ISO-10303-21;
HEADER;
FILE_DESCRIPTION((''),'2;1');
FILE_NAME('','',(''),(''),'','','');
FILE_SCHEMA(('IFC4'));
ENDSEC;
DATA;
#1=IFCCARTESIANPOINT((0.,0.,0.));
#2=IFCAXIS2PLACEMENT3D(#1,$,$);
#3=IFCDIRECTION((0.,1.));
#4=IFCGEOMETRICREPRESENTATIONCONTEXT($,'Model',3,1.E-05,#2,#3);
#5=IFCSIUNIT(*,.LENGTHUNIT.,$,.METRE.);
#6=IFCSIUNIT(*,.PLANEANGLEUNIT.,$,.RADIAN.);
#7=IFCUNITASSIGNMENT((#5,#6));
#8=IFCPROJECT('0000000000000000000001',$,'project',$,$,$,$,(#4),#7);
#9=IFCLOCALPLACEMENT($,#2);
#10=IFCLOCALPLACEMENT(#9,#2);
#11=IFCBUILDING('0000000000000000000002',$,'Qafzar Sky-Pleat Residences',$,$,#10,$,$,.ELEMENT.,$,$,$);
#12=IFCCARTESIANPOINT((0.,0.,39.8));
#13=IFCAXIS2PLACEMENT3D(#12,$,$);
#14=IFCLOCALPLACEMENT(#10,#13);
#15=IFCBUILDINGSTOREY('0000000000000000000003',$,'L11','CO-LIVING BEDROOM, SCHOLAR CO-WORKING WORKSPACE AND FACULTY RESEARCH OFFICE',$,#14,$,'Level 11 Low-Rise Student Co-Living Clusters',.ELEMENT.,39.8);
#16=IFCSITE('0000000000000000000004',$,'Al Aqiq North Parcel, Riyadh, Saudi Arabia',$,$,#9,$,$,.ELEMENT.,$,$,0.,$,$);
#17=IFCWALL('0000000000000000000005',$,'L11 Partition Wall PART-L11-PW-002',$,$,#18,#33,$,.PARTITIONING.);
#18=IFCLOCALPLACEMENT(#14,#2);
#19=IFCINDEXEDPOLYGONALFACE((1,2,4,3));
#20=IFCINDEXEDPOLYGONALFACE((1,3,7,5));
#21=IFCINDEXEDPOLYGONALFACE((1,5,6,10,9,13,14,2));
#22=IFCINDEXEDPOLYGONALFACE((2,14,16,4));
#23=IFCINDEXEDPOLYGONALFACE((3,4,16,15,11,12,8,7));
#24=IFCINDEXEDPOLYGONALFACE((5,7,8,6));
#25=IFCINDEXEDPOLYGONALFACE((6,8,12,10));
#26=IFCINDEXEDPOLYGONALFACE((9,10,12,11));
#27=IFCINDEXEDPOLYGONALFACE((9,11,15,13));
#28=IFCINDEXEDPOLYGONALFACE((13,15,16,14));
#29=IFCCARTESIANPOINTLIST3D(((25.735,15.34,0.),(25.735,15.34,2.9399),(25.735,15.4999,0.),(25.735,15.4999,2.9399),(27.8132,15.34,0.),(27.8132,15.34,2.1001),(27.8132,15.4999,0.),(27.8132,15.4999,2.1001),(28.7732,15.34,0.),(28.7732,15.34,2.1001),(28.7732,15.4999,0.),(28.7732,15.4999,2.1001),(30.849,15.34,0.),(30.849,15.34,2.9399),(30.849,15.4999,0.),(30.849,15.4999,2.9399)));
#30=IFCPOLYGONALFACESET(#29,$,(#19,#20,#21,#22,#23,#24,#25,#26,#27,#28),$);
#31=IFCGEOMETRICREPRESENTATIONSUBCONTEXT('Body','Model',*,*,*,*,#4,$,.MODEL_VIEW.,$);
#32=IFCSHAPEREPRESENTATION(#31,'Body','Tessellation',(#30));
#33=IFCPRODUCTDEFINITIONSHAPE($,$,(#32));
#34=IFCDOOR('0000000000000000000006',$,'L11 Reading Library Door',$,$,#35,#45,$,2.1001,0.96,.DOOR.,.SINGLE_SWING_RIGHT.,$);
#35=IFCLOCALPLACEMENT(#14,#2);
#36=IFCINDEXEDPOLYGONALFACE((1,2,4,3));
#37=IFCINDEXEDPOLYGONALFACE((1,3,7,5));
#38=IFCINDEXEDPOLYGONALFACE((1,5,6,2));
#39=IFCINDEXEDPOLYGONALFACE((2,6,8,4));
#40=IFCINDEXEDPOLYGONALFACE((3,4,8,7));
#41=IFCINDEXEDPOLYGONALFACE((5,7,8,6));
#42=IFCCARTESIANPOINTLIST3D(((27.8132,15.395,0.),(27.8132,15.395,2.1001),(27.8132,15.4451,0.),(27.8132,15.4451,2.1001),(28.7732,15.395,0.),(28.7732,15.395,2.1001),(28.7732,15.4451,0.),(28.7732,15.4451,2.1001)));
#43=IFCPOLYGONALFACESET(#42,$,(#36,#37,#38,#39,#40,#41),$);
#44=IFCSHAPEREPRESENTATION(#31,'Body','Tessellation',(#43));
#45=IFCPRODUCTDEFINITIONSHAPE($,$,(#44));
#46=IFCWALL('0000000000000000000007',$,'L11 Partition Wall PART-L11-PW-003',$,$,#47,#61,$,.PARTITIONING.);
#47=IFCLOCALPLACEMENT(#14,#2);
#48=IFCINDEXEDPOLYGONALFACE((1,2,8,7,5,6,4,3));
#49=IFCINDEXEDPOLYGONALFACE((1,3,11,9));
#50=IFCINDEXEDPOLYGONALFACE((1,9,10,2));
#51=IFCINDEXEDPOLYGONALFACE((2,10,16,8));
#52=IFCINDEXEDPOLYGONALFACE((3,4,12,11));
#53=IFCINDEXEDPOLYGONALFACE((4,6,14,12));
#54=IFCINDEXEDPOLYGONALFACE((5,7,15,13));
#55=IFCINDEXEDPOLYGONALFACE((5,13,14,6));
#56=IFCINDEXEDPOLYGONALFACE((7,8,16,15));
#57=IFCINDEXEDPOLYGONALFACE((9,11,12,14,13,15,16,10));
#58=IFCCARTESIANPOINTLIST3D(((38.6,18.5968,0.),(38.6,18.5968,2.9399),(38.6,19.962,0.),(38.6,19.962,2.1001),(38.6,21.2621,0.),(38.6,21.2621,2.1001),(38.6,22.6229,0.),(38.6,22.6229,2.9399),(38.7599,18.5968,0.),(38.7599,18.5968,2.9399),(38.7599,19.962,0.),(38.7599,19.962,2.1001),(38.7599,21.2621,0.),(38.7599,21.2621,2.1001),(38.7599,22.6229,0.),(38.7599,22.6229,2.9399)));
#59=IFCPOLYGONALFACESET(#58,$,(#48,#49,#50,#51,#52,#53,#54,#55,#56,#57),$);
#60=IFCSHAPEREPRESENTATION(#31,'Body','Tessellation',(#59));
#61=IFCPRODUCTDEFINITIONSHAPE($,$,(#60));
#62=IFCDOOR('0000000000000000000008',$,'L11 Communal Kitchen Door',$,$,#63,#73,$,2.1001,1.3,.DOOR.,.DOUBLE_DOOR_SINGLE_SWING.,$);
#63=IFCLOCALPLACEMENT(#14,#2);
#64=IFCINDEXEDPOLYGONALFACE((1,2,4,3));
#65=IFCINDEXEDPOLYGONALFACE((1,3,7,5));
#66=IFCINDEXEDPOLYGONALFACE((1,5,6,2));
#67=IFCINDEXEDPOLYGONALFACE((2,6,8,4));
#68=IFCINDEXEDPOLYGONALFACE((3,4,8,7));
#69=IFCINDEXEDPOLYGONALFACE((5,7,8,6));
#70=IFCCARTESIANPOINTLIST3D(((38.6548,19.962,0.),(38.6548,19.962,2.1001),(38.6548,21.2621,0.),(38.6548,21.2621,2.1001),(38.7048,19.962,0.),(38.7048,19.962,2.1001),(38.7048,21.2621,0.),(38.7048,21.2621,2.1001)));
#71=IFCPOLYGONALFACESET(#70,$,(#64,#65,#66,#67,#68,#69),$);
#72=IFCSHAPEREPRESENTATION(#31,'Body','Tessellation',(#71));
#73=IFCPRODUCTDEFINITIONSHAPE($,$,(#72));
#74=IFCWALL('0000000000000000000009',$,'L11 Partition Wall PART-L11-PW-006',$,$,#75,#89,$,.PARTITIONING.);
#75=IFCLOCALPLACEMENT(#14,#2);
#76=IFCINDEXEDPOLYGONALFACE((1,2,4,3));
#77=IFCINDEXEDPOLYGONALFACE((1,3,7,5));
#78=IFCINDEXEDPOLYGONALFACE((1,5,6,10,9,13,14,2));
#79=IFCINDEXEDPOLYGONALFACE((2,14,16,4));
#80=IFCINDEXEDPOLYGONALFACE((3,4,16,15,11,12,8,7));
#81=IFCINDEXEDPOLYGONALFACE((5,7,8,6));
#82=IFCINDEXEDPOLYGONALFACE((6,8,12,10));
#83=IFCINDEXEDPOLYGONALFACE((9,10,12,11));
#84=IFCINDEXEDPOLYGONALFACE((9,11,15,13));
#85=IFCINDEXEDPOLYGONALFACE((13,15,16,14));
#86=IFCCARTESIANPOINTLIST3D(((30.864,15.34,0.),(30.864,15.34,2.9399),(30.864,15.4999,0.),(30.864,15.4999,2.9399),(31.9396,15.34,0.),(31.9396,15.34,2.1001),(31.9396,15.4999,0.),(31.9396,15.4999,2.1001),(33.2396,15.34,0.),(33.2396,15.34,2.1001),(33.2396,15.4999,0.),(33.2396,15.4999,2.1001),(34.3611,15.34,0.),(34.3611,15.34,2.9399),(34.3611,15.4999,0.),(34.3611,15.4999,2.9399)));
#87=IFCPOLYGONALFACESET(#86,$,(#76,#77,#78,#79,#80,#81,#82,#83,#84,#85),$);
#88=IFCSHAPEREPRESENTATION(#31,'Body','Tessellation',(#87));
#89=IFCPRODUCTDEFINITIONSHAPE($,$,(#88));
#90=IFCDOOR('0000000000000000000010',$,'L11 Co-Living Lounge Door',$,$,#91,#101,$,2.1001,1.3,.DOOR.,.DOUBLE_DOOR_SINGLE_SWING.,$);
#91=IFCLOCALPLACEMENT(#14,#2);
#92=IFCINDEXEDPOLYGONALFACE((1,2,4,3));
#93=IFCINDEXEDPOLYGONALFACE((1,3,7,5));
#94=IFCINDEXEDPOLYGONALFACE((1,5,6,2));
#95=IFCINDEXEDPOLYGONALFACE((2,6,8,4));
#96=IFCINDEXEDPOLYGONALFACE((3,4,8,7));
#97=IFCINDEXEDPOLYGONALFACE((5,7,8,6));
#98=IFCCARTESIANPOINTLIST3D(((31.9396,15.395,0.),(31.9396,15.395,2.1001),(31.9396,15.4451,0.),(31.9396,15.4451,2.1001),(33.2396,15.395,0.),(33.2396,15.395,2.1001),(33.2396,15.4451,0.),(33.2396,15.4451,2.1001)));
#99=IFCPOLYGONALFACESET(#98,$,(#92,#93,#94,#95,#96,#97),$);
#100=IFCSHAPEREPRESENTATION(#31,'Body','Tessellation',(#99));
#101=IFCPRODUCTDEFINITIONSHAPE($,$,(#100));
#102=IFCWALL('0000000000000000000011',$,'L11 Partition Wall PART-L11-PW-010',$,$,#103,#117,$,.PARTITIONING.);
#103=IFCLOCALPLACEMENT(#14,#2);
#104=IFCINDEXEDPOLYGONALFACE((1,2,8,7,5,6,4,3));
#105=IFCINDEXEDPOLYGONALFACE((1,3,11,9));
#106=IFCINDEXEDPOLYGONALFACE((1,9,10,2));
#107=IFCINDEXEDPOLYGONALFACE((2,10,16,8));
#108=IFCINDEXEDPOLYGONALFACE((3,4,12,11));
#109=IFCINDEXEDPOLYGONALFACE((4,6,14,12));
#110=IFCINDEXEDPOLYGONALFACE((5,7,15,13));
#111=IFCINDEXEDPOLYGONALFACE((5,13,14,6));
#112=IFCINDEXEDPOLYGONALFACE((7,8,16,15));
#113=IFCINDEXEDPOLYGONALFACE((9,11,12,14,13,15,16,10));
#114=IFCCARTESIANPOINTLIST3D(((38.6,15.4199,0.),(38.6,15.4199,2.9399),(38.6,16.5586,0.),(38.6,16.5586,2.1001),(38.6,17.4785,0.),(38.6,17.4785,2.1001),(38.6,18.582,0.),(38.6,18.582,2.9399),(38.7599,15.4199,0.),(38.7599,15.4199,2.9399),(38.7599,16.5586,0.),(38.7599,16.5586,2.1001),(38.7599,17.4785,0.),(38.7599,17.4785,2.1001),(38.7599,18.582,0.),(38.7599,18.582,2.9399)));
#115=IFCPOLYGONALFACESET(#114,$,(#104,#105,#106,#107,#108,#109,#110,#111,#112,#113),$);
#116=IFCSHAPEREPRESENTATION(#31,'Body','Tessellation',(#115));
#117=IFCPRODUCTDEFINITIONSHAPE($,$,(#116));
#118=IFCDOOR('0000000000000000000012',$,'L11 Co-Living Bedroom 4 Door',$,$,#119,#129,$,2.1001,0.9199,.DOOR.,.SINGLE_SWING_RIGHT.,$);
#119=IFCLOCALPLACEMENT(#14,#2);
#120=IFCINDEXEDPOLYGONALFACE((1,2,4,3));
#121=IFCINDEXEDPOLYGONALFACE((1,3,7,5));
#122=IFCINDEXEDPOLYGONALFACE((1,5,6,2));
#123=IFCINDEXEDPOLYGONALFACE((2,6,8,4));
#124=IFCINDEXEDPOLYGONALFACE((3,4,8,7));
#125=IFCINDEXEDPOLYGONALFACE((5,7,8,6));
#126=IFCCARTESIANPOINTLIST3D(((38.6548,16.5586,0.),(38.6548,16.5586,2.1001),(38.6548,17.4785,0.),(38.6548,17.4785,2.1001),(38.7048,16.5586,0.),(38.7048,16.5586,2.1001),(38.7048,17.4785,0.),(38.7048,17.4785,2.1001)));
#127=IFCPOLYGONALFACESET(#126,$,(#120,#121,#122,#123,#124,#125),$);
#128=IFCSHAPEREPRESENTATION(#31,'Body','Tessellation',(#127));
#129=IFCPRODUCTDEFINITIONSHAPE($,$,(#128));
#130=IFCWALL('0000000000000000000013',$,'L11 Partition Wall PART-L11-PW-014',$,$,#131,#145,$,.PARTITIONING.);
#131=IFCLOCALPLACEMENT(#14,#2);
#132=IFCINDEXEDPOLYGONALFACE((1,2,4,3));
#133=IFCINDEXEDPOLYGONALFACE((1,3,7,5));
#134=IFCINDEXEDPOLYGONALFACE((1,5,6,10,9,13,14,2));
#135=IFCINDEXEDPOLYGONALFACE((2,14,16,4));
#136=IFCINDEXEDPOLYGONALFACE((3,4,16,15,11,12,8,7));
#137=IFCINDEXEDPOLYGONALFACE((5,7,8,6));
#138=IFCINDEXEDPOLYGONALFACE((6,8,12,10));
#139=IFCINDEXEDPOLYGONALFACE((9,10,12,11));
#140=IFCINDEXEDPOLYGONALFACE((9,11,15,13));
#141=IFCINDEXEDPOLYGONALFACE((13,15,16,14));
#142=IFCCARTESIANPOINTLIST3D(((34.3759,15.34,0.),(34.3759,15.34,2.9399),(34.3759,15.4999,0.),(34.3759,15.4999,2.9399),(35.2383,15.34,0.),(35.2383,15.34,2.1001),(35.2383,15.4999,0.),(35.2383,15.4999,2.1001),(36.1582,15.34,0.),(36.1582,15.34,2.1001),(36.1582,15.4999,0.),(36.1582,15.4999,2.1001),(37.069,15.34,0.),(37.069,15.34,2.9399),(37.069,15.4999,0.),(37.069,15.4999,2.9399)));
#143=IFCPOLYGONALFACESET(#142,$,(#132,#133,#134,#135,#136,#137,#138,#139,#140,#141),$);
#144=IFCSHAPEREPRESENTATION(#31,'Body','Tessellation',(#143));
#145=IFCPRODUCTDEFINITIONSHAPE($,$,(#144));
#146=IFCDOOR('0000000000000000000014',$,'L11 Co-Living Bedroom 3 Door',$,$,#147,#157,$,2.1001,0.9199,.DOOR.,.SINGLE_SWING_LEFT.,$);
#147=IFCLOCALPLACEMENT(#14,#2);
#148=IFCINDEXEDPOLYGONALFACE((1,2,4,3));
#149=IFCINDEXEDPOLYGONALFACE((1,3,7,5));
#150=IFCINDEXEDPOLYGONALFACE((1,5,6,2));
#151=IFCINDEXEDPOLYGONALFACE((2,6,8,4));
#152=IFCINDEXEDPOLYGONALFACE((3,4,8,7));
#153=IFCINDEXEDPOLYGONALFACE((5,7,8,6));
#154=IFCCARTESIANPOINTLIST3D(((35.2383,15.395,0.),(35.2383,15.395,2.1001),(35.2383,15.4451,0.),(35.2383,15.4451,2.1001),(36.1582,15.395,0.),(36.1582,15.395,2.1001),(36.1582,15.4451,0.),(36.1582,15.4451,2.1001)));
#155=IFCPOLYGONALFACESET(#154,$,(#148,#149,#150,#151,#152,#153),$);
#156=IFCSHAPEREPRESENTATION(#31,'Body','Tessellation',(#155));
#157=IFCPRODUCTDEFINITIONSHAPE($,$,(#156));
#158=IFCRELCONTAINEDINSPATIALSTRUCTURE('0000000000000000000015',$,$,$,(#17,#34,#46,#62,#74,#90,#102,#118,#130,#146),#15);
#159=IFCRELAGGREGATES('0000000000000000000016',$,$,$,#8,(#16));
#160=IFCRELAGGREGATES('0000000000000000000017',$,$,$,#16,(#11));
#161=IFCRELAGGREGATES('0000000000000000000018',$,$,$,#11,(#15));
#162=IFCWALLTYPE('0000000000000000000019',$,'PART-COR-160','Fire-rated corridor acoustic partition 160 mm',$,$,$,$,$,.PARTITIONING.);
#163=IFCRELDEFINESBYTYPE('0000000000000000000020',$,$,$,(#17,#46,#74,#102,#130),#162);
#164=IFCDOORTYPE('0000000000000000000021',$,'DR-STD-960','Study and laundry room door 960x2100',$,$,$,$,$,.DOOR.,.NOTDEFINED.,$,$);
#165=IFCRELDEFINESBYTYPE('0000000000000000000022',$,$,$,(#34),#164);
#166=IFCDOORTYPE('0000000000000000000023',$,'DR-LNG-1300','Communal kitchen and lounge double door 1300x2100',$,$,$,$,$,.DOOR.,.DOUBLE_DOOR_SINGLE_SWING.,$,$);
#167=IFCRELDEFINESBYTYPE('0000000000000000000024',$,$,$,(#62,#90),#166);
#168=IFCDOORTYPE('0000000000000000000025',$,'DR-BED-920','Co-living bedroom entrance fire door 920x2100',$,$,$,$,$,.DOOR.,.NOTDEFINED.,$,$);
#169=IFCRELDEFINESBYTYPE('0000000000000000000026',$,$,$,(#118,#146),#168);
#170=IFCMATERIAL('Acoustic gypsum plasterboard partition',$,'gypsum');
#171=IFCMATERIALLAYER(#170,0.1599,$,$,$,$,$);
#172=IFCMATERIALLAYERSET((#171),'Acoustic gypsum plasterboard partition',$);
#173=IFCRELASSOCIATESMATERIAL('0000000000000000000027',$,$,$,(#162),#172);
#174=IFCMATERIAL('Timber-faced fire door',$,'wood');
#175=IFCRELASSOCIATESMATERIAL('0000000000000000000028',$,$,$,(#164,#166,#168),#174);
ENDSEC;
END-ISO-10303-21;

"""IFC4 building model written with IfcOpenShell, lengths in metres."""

from ifc_helpers import new_model, si_unit, direction, frame, frame_2d, origin, place, context, subcontext, project, spatial, rectangle, extrude, source, transform, mapped, material, layer, layer_set, type_object, element, fill, save


model = new_model("IFC4")

# Units and contexts
model_context = context("Model", 3, precision=1e-05, world=origin(), true_north=direction((0.0, 1.0)))
body_context = subcontext(model_context, "Body", "Model", "MODEL_VIEW")
ifc_project = project(units=[si_unit("LENGTHUNIT", "METRE"), si_unit("PLANEANGLEUNIT", "RADIAN")], contexts=[model_context])

# Site, building, storey
site_placement = place(None, origin())
site = spatial("IfcSite", under=ifc_project, at=site_placement, Name="Al Aqiq North Parcel, Riyadh, Saudi Arabia", CompositionType="ELEMENT", RefElevation=0.0)
building_placement = place(site_placement, origin())
building = spatial("IfcBuilding", under=site, at=building_placement, Name="Qafzar Sky-Pleat Residences", CompositionType="ELEMENT")
storey_placement = place(building_placement, frame((0.0, 0.0, 39.8)))
storey = spatial("IfcBuildingStorey", under=building, at=storey_placement, Name="L11", Description="CO-LIVING BEDROOM, SCHOLAR CO-WORKING WORKSPACE AND FACULTY RESEARCH OFFICE", LongName="Level 11 Low-Rise Student Co-Living Clusters", CompositionType="ELEMENT", Elevation=39.8)

# Walls, openings, doors
ifc_material_1 = material(Name="Acoustic gypsum plasterboard partition", Category="gypsum")
ifc_layer_1 = layer(ifc_material_1, 0.1599)
ifc_layer_set_1 = layer_set([ifc_layer_1], Name="Acoustic gypsum plasterboard partition")
wall_type_1 = type_object("IfcWallType", Name="PART-COR-160", Description="Fire-rated corridor acoustic partition 160 mm", PredefinedType="PARTITIONING", material=ifc_layer_set_1)
wall_1_placement = place(storey_placement, frame((30.8491, 15.4199, 0.0), z_axis=(0.0, 0.0, 1.0), x_axis=(-1.0, 0.0, 0.0)))
wall_1 = element("IfcWall", 1, at=wall_1_placement, inside=storey, type_object=wall_type_1, Name="L11 Partition Wall PART-L11-PW-002", PredefinedType="PARTITIONING", context=body_context, shape_type="SweptSolid", body=[
    extrude(rectangle(XDim=5.114, YDim=0.1599, at=frame_2d((2.5571, 0.0))), origin(), (0.0, 0.0, 1.0), 2.9399),
])
opening_1_placement = place(wall_1_placement, frame((2.0759, 0.0, 0.0)))
opening_1 = element("IfcOpeningElement", 2, at=opening_1_placement, cuts=wall_1, PredefinedType="OPENING", context=body_context, shape_type="SweptSolid", body=[
    extrude(rectangle(XDim=0.96, YDim=2.1001, at=frame_2d((0.48, 1.05))), frame((0.0, 0.0898, 0.0), z_axis=(0.0, -1.0, 0.0), x_axis=(1.0, 0.0, 0.0)), (0.0, 0.0, 1.0), 0.1799),
])
ifc_material_2 = material(Name="Timber-faced fire door", Category="wood")
door_type_1 = type_object("IfcDoorType", Name="DR-STD-960", Description="Study and laundry room door 960x2100", OperationType="NOTDEFINED", PredefinedType="DOOR", material=ifc_material_2)
shared_shape_1 = source(origin(), body_context, "Body", "SweptSolid", [
    extrude(rectangle(XDim=0.96, YDim=2.1001, at=frame_2d((0.48, 1.05))), frame((0.0, 0.0249, 0.0), z_axis=(0.0, -1.0, 0.0), x_axis=(1.0, 0.0, 0.0)), (0.0, 0.0, 1.0), 0.05),
])
door_1_placement = place(opening_1_placement, origin())
door_1 = element("IfcDoor", 3, at=door_1_placement, inside=storey, type_object=door_type_1, Name="L11 Reading Library Door", OperationType="SINGLE_SWING_RIGHT", OverallHeight=2.1001, OverallWidth=0.96, PredefinedType="DOOR", context=body_context, shape_type="MappedRepresentation", body=[
    mapped(shared_shape_1, transform((0.0, 0.0, 0.0), x_axis=(1.0, 0.0, 0.0), y_axis=(0.0, 1.0, 0.0), z_axis=(0.0, 0.0, 1.0), scale=1.0)),
])
fill(opening_1, door_1)
wall_2_placement = place(storey_placement, frame((38.6799, 22.623, 0.0), z_axis=(0.0, 0.0, 1.0), x_axis=(0.0, -1.0, 0.0)))
wall_2 = element("IfcWall", 4, at=wall_2_placement, inside=storey, type_object=wall_type_1, Name="L11 Partition Wall PART-L11-PW-003", PredefinedType="PARTITIONING", context=body_context, shape_type="SweptSolid", body=[
    extrude(rectangle(XDim=4.0261, YDim=0.1599, at=frame_2d((2.0132, 0.0))), origin(), (0.0, 0.0, 1.0), 2.9399),
])
opening_2_placement = place(wall_2_placement, frame((1.3611, 0.0, 0.0)))
opening_2 = element("IfcOpeningElement", 5, at=opening_2_placement, cuts=wall_2, PredefinedType="OPENING", context=body_context, shape_type="SweptSolid", body=[
    extrude(rectangle(XDim=1.3, YDim=2.1001, at=frame_2d((0.6499, 1.05))), frame((0.0, 0.0898, 0.0), z_axis=(0.0, -1.0, 0.0), x_axis=(1.0, 0.0, 0.0)), (0.0, 0.0, 1.0), 0.1799),
])
door_type_2 = type_object("IfcDoorType", Name="DR-LNG-1300", Description="Communal kitchen and lounge double door 1300x2100", OperationType="DOUBLE_DOOR_SINGLE_SWING", PredefinedType="DOOR", material=ifc_material_2)
shared_shape_2 = source(origin(), body_context, "Body", "SweptSolid", [
    extrude(rectangle(XDim=1.3, YDim=2.1001, at=frame_2d((0.6499, 1.05))), frame((0.0, 0.0249, 0.0), z_axis=(0.0, -1.0, 0.0), x_axis=(1.0, 0.0, 0.0)), (0.0, 0.0, 1.0), 0.05),
])
door_2_placement = place(opening_2_placement, origin())
door_2 = element("IfcDoor", 6, at=door_2_placement, inside=storey, type_object=door_type_2, Name="L11 Communal Kitchen Door", OperationType="DOUBLE_DOOR_SINGLE_SWING", OverallHeight=2.1001, OverallWidth=1.3, PredefinedType="DOOR", context=body_context, shape_type="MappedRepresentation", body=[
    mapped(shared_shape_2, transform((0.0, 0.0, 0.0), x_axis=(1.0, 0.0, 0.0), y_axis=(0.0, 1.0, 0.0), z_axis=(0.0, 0.0, 1.0), scale=1.0)),
])
fill(opening_2, door_2)
wall_3_placement = place(storey_placement, frame((34.3611, 15.4199, 0.0), z_axis=(0.0, 0.0, 1.0), x_axis=(-1.0, 0.0, 0.0)))
wall_3 = element("IfcWall", 7, at=wall_3_placement, inside=storey, type_object=wall_type_1, Name="L11 Partition Wall PART-L11-PW-006", PredefinedType="PARTITIONING", context=body_context, shape_type="SweptSolid", body=[
    extrude(rectangle(XDim=3.4971, YDim=0.1599, at=frame_2d((1.7485, 0.0))), origin(), (0.0, 0.0, 1.0), 2.9399),
])
opening_3_placement = place(wall_3_placement, frame((1.1216, 0.0, 0.0)))
opening_3 = element("IfcOpeningElement", 8, at=opening_3_placement, cuts=wall_3, PredefinedType="OPENING", context=body_context, shape_type="SweptSolid", body=[
    extrude(rectangle(XDim=1.3, YDim=2.1001, at=frame_2d((0.6499, 1.05))), frame((0.0, 0.0898, 0.0), z_axis=(0.0, -1.0, 0.0), x_axis=(1.0, 0.0, 0.0)), (0.0, 0.0, 1.0), 0.1799),
])
door_3_placement = place(opening_3_placement, origin())
door_3 = element("IfcDoor", 9, at=door_3_placement, inside=storey, type_object=door_type_2, Name="L11 Co-Living Lounge Door", OperationType="DOUBLE_DOOR_SINGLE_SWING", OverallHeight=2.1001, OverallWidth=1.3, PredefinedType="DOOR", context=body_context, shape_type="MappedRepresentation", body=[
    mapped(shared_shape_2, transform((0.0, 0.0, 0.0), x_axis=(1.0, 0.0, 0.0), y_axis=(0.0, 1.0, 0.0), z_axis=(0.0, 0.0, 1.0), scale=1.0)),
])
fill(opening_3, door_3)
wall_4_placement = place(storey_placement, frame((38.6799, 18.582, 0.0), z_axis=(0.0, 0.0, 1.0), x_axis=(0.0, -1.0, 0.0)))
wall_4 = element("IfcWall", 10, at=wall_4_placement, inside=storey, type_object=wall_type_1, Name="L11 Partition Wall PART-L11-PW-010", PredefinedType="PARTITIONING", context=body_context, shape_type="SweptSolid", body=[
    extrude(rectangle(XDim=3.1621, YDim=0.1599, at=frame_2d((1.5811, 0.0))), origin(), (0.0, 0.0, 1.0), 2.9399),
])
opening_4_placement = place(wall_4_placement, frame((1.1035, 0.0, 0.0)))
opening_4 = element("IfcOpeningElement", 11, at=opening_4_placement, cuts=wall_4, PredefinedType="OPENING", context=body_context, shape_type="SweptSolid", body=[
    extrude(rectangle(XDim=0.9199, YDim=2.1001, at=frame_2d((0.46, 1.05))), frame((0.0, 0.0898, 0.0), z_axis=(0.0, -1.0, 0.0), x_axis=(1.0, 0.0, 0.0)), (0.0, 0.0, 1.0), 0.1799),
])
door_type_3 = type_object("IfcDoorType", Name="DR-BED-920", Description="Co-living bedroom entrance fire door 920x2100", OperationType="NOTDEFINED", PredefinedType="DOOR", material=ifc_material_2)
shared_shape_3 = source(origin(), body_context, "Body", "SweptSolid", [
    extrude(rectangle(XDim=0.9199, YDim=2.1001, at=frame_2d((0.46, 1.05))), frame((0.0, 0.0249, 0.0), z_axis=(0.0, -1.0, 0.0), x_axis=(1.0, 0.0, 0.0)), (0.0, 0.0, 1.0), 0.05),
])
door_4_placement = place(opening_4_placement, origin())
door_4 = element("IfcDoor", 12, at=door_4_placement, inside=storey, type_object=door_type_3, Name="L11 Co-Living Bedroom 4 Door", OperationType="SINGLE_SWING_RIGHT", OverallHeight=2.1001, OverallWidth=0.9199, PredefinedType="DOOR", context=body_context, shape_type="MappedRepresentation", body=[
    mapped(shared_shape_3, transform((0.0, 0.0, 0.0), x_axis=(1.0, 0.0, 0.0), y_axis=(0.0, 1.0, 0.0), z_axis=(0.0, 0.0, 1.0), scale=1.0)),
])
fill(opening_4, door_4)
wall_5_placement = place(storey_placement, frame((37.0691, 15.4199, 0.0), z_axis=(0.0, 0.0, 1.0), x_axis=(-1.0, 0.0, 0.0)))
wall_5 = element("IfcWall", 13, at=wall_5_placement, inside=storey, type_object=wall_type_1, Name="L11 Partition Wall PART-L11-PW-014", PredefinedType="PARTITIONING", context=body_context, shape_type="SweptSolid", body=[
    extrude(rectangle(XDim=2.6931, YDim=0.1599, at=frame_2d((1.3467, 0.0))), origin(), (0.0, 0.0, 1.0), 2.9399),
])
opening_5_placement = place(wall_5_placement, frame((0.9109, 0.0, 0.0)))
opening_5 = element("IfcOpeningElement", 14, at=opening_5_placement, cuts=wall_5, PredefinedType="OPENING", context=body_context, shape_type="SweptSolid", body=[
    extrude(rectangle(XDim=0.9199, YDim=2.1001, at=frame_2d((0.46, 1.05))), frame((0.0, 0.0898, 0.0), z_axis=(0.0, -1.0, 0.0), x_axis=(1.0, 0.0, 0.0)), (0.0, 0.0, 1.0), 0.1799),
])
door_5_placement = place(opening_5_placement, origin())
door_5 = element("IfcDoor", 15, at=door_5_placement, inside=storey, type_object=door_type_3, Name="L11 Co-Living Bedroom 3 Door", OperationType="SINGLE_SWING_LEFT", OverallHeight=2.1001, OverallWidth=0.9199, PredefinedType="DOOR", context=body_context, shape_type="MappedRepresentation", body=[
    mapped(shared_shape_3, transform((0.0, 0.0, 0.0), x_axis=(1.0, 0.0, 0.0), y_axis=(0.0, 1.0, 0.0), z_axis=(0.0, 0.0, 1.0), scale=1.0)),
])
fill(opening_5, door_5)

save(model, "model.ifc")
